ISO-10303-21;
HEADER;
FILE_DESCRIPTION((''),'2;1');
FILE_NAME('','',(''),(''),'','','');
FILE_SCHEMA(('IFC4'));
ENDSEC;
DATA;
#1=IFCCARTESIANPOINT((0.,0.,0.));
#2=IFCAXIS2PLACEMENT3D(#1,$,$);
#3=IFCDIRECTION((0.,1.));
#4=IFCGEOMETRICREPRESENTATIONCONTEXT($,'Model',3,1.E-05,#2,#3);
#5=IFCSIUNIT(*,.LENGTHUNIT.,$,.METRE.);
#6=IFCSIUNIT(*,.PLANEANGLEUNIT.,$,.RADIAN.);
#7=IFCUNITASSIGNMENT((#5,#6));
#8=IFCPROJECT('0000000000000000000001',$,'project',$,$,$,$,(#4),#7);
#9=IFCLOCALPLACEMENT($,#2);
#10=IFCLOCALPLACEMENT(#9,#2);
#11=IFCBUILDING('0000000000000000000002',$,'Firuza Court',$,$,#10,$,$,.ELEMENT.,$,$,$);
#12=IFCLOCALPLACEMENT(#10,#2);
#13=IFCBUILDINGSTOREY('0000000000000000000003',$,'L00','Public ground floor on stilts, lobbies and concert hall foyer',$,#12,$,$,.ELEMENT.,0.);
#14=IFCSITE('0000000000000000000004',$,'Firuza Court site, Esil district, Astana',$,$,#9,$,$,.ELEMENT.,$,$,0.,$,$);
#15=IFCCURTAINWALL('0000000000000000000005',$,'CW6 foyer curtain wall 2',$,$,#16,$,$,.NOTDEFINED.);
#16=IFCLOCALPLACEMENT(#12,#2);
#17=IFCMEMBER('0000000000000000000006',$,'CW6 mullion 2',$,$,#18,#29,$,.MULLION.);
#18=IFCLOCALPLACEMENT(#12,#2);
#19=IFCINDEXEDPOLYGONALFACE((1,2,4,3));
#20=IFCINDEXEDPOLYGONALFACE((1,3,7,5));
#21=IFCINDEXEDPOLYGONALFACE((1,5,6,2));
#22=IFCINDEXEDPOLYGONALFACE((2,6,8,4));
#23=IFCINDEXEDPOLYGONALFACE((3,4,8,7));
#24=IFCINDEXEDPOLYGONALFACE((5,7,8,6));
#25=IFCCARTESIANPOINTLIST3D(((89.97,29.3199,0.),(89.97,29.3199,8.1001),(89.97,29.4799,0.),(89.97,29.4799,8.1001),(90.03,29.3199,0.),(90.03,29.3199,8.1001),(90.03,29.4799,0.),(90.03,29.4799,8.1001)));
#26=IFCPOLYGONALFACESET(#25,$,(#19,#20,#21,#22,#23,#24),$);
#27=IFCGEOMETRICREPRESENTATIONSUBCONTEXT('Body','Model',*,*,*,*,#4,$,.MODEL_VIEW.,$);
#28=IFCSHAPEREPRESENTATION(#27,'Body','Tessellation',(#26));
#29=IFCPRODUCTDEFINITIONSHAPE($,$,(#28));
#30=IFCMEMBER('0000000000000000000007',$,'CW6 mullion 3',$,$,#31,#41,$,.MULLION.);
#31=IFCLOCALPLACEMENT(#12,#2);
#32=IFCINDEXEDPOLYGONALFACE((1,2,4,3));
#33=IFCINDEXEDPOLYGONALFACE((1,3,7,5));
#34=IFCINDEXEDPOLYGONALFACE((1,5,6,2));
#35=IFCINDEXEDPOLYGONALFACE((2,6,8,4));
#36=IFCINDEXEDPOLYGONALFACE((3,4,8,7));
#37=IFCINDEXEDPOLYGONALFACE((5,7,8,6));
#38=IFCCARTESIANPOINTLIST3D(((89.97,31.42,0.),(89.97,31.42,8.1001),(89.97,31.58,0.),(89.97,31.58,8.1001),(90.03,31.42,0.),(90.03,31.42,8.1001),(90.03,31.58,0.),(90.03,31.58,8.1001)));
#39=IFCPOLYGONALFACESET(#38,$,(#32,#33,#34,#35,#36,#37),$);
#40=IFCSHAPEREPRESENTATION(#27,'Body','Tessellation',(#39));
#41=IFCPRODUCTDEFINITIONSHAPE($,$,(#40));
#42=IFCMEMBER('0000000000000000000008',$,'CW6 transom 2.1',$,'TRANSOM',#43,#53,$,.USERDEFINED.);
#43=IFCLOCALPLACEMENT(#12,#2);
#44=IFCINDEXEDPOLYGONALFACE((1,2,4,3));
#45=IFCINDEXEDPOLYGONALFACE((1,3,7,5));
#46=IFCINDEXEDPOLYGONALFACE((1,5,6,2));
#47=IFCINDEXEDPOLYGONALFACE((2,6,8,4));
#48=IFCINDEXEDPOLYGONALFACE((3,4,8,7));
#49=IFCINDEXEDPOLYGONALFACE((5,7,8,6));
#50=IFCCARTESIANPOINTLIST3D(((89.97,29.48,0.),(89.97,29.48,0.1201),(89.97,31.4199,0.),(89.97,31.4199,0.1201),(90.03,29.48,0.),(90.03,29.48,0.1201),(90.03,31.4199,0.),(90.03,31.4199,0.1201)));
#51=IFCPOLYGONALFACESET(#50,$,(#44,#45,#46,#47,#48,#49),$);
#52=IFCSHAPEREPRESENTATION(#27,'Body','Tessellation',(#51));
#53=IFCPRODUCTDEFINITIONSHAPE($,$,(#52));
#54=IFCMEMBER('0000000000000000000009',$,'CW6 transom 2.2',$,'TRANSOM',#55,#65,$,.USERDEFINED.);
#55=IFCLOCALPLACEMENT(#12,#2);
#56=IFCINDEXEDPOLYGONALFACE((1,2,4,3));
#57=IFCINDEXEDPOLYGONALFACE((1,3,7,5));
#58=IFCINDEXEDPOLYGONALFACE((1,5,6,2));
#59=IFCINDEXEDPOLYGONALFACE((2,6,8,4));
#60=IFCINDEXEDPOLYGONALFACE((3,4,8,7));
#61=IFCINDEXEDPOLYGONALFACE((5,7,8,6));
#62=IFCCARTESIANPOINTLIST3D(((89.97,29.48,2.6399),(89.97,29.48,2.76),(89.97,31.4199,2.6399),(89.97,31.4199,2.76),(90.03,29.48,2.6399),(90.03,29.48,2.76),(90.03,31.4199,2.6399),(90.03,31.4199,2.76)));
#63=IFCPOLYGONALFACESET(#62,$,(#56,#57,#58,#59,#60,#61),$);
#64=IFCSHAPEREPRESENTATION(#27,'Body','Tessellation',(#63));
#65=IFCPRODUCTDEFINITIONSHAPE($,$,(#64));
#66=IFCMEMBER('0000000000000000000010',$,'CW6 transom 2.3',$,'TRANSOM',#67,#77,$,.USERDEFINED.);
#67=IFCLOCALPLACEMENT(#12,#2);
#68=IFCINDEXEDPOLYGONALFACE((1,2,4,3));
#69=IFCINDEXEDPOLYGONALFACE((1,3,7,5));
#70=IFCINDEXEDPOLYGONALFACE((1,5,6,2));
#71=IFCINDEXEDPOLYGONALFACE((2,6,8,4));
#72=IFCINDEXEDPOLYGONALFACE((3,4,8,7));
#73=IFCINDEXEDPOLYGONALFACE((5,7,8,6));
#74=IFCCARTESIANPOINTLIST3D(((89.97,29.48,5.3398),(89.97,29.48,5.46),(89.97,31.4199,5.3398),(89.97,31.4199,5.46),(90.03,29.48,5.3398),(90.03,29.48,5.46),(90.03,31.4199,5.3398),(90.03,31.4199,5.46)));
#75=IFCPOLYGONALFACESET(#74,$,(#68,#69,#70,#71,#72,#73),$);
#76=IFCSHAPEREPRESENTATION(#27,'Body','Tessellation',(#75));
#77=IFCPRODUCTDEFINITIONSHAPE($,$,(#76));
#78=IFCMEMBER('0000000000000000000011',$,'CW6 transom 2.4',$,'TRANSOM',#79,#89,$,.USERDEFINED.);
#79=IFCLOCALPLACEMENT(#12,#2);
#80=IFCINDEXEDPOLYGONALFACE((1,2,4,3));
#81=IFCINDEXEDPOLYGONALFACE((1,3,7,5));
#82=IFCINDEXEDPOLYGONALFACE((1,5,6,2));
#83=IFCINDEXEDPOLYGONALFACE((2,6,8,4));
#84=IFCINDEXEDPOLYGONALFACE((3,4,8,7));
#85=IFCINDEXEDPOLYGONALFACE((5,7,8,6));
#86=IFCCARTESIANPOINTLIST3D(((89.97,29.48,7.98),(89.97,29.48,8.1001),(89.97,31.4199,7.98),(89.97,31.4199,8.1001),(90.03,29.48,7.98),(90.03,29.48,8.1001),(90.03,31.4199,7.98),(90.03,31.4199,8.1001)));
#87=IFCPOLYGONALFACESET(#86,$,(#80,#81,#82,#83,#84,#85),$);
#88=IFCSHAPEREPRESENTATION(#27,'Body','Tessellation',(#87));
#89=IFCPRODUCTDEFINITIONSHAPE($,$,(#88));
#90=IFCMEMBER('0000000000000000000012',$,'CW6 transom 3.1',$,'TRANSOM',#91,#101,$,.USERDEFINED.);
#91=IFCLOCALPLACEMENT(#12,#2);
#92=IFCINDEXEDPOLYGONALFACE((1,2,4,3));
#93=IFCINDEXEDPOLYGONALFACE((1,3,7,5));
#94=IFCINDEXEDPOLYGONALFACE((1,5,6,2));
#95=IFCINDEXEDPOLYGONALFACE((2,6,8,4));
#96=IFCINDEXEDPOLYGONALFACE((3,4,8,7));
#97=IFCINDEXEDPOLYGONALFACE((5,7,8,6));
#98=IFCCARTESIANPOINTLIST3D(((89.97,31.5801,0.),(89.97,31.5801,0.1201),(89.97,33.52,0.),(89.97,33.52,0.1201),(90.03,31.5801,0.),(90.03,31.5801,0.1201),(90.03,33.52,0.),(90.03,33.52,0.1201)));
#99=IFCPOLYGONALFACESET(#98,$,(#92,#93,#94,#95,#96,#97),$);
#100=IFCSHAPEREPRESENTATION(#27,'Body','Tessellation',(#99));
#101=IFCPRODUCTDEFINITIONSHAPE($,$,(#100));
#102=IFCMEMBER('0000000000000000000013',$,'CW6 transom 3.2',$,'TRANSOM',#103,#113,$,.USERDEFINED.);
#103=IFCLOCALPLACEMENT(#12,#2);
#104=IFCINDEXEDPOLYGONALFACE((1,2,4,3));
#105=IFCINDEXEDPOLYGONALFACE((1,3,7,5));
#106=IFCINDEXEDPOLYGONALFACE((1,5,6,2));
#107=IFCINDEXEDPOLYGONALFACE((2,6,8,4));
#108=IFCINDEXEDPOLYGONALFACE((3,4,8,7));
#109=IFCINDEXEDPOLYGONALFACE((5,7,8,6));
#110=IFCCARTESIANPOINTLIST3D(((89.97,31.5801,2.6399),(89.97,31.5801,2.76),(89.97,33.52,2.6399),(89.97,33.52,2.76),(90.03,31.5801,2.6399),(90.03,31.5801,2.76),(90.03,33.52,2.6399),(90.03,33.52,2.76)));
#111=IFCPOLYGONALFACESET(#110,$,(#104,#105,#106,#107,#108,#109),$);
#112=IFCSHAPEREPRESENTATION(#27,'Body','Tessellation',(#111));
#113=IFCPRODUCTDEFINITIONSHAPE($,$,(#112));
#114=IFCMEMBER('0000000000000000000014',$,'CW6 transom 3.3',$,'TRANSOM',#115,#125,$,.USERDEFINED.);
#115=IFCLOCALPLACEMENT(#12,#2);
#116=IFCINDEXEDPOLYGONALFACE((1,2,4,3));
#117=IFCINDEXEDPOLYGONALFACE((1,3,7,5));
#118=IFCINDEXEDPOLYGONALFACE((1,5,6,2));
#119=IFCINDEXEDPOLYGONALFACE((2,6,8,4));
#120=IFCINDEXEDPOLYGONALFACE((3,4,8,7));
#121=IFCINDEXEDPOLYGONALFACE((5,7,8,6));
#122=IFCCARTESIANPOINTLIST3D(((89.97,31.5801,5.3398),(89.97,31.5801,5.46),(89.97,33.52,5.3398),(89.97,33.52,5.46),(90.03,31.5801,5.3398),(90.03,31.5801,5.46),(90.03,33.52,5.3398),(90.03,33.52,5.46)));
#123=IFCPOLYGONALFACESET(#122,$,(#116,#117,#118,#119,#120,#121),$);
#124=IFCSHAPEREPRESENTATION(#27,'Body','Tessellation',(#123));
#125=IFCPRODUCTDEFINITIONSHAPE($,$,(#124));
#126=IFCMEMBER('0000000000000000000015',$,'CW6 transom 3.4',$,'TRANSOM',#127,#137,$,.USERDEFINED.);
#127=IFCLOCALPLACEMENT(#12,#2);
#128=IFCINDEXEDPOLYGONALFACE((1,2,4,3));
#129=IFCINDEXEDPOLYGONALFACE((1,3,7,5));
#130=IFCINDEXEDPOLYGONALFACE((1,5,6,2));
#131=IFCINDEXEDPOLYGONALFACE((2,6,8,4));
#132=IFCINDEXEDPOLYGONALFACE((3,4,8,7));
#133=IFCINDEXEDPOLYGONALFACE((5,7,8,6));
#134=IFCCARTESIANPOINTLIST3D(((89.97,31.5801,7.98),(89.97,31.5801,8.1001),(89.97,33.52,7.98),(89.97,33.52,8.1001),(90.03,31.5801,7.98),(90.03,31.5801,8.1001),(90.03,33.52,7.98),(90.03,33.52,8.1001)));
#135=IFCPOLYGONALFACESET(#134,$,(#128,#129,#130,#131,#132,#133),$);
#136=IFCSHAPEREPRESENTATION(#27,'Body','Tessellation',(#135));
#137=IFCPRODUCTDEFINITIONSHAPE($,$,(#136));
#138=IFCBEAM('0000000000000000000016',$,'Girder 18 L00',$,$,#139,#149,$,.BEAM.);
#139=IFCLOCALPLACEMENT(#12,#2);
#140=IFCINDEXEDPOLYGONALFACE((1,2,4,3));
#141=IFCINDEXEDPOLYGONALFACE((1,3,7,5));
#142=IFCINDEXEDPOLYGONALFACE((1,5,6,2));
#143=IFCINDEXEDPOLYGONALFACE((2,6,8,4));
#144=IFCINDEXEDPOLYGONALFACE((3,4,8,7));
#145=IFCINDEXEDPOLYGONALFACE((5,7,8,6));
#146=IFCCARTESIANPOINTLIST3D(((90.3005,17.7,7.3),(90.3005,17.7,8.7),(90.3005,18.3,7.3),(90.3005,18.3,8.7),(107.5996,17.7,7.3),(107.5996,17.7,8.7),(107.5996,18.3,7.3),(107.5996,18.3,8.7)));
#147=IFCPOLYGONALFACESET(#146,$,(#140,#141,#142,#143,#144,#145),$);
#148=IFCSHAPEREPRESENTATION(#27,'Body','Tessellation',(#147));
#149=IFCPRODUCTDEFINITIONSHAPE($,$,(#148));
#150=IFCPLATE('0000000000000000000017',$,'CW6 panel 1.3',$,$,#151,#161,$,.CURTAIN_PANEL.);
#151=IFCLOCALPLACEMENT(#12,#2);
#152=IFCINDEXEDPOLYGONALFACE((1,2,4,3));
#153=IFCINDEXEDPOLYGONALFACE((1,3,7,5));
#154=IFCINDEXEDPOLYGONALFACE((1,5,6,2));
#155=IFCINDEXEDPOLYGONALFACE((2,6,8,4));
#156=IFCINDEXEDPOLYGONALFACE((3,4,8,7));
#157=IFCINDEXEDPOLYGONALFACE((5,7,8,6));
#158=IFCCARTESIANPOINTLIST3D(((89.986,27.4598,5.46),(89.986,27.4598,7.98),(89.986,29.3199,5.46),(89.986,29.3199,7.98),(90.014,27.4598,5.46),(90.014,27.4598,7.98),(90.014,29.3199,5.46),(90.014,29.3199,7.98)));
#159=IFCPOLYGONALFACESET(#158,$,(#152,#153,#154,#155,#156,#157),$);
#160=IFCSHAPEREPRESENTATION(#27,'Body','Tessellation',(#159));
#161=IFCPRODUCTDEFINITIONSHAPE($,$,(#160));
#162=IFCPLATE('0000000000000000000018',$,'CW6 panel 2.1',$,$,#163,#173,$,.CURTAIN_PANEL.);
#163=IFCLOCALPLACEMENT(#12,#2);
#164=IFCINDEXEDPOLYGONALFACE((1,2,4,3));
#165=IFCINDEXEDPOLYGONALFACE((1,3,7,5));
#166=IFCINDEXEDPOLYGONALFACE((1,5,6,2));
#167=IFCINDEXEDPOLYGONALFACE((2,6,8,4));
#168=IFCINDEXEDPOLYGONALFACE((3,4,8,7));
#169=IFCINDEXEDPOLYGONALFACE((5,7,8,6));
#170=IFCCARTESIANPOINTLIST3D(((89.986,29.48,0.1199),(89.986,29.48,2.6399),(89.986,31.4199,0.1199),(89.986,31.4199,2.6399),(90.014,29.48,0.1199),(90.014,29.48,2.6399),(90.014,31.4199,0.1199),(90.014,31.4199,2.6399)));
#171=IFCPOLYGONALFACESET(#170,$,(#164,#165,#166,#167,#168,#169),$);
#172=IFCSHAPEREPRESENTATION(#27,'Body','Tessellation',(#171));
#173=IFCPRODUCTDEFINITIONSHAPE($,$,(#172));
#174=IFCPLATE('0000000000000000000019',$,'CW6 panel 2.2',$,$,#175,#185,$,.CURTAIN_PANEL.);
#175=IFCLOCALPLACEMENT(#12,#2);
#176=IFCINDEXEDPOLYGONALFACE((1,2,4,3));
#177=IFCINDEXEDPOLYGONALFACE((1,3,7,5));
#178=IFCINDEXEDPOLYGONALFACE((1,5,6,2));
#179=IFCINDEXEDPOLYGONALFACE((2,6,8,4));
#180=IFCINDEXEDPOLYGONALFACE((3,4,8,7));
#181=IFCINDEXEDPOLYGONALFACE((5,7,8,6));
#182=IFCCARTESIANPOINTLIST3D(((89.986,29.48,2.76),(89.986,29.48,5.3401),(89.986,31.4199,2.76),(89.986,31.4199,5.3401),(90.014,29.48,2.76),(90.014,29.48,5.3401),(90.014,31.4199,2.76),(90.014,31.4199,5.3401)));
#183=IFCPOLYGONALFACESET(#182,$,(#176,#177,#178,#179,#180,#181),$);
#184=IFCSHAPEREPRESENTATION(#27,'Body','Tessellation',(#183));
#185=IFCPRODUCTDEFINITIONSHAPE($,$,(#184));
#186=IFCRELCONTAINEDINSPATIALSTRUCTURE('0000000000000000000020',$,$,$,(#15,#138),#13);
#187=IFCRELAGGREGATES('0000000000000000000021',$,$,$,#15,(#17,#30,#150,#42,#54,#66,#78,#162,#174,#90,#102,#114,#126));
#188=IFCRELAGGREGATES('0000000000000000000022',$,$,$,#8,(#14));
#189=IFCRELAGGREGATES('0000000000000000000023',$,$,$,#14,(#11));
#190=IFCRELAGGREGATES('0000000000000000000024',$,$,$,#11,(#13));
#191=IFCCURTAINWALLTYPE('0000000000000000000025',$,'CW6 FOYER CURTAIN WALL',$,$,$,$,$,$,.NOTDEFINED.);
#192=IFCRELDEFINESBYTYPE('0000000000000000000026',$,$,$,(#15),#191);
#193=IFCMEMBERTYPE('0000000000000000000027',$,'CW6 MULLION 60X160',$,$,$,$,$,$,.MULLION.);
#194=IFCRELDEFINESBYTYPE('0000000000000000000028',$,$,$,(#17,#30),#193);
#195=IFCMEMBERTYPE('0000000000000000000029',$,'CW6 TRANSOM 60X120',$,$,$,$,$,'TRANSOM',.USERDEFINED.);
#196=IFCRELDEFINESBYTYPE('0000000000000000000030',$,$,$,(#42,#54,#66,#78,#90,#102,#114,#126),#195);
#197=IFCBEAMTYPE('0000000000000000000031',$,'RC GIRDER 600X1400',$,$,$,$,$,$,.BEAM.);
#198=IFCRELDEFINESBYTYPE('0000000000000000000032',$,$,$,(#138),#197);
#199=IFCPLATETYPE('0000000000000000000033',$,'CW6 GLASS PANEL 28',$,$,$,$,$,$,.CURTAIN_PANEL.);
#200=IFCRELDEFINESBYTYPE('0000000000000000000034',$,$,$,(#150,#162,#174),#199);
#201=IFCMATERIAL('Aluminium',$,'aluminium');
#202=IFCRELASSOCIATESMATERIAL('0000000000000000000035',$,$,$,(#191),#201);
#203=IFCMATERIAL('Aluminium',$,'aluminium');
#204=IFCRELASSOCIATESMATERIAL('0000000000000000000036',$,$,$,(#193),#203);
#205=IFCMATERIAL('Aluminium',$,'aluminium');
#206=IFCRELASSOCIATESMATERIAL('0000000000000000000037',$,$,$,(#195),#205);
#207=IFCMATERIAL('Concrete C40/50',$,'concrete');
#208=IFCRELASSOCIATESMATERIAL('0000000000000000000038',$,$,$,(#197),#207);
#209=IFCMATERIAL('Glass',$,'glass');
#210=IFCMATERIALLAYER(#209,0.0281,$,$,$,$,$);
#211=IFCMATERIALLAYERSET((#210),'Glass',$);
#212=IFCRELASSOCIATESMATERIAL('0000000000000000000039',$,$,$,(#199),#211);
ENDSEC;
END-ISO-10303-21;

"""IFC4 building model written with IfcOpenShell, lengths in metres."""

from ifc_helpers import new_model, si_unit, direction, frame, origin, origin_2d, place, context, subcontext, project, spatial, rectangle, extrude, material, layer, layer_set, material_profile, profile_set, type_object, element, aggregate, save


model = new_model("IFC4")

# Units and contexts
model_context = context("Model", 3, precision=1e-05, world=origin(), true_north=direction((0.0, 1.0)))
body_context = subcontext(model_context, "Body", "Model", "MODEL_VIEW")
ifc_project = project(units=[si_unit("LENGTHUNIT", "METRE"), si_unit("PLANEANGLEUNIT", "RADIAN")], contexts=[model_context])

# Site, building, storey
site_placement = place(None, origin())
site = spatial("IfcSite", under=ifc_project, at=site_placement, Name="Firuza Court site, Esil district, Astana", CompositionType="ELEMENT", RefElevation=0.0)
building_placement = place(site_placement, origin())
building = spatial("IfcBuilding", under=site, at=building_placement, Name="Firuza Court", CompositionType="ELEMENT")
storey_placement = place(building_placement, origin())
storey = spatial("IfcBuildingStorey", under=building, at=storey_placement, Name="L00", Description="Public ground floor on stilts, lobbies and concert hall foyer", CompositionType="ELEMENT", Elevation=0.0)

# Curtain wall, members
ifc_material_1 = material(Name="Aluminium", Category="aluminium")
curtain_wall_type = type_object("IfcCurtainWallType", Name="CW6 FOYER CURTAIN WALL", PredefinedType="NOTDEFINED", material=ifc_material_1)
curtain_wall_placement = place(storey_placement, origin())
curtain_wall = element("IfcCurtainWall", 1, at=curtain_wall_placement, inside=storey, type_object=curtain_wall_type, Name="CW6 foyer curtain wall 2", PredefinedType="NOTDEFINED")
ifc_material_2 = material(Name="Aluminium", Category="aluminium")
ifc_material_profile_1 = material_profile(ifc_material_2, rectangle(XDim=0.0601, YDim=0.1599, at=origin_2d()), Name="MULLION 60X160")
ifc_profile_set_1 = profile_set([ifc_material_profile_1], Name="Aluminium")
member_type_1 = type_object("IfcMemberType", Name="CW6 MULLION 60X160", PredefinedType="MULLION", material=ifc_profile_set_1)
member_1_placement = place(storey_placement, frame((90.0, 29.3999, 0.0), z_axis=(0.0, 0.0, 1.0), x_axis=(-1.0, 0.0, 0.0)))
member_1 = element("IfcMember", 2, at=member_1_placement, type_object=member_type_1, Name="CW6 mullion 2", PredefinedType="MULLION", context=body_context, shape_type="SweptSolid", body=[
    extrude(rectangle(XDim=0.0601, YDim=0.1599, at=origin_2d()), origin(), (0.0, 0.0, 1.0), 8.1001),
])
member_2_placement = place(storey_placement, frame((90.0, 31.5, 0.0), z_axis=(0.0, 0.0, 1.0), x_axis=(-1.0, 0.0, 0.0)))
member_2 = element("IfcMember", 3, at=member_2_placement, type_object=member_type_1, Name="CW6 mullion 3", PredefinedType="MULLION", context=body_context, shape_type="SweptSolid", body=[
    extrude(rectangle(XDim=0.0601, YDim=0.1599, at=origin_2d()), origin(), (0.0, 0.0, 1.0), 8.1001),
])
ifc_material_3 = material(Name="Aluminium", Category="aluminium")
ifc_material_profile_2 = material_profile(ifc_material_3, rectangle(XDim=0.0601, YDim=0.1201, at=origin_2d()), Name="TRANSOM 60X120")
ifc_profile_set_2 = profile_set([ifc_material_profile_2], Name="Aluminium")
member_type_2 = type_object("IfcMemberType", Name="CW6 TRANSOM 60X120", ElementType="TRANSOM", PredefinedType="USERDEFINED", material=ifc_profile_set_2)
member_3_placement = place(storey_placement, frame((90.0, 29.48, 0.0601), z_axis=(0.0, 1.0, 0.0), x_axis=(-1.0, 0.0, 0.0)))
member_3 = element("IfcMember", 4, at=member_3_placement, type_object=member_type_2, Name="CW6 transom 2.1", ObjectType="TRANSOM", PredefinedType="USERDEFINED", context=body_context, shape_type="SweptSolid", body=[
    extrude(rectangle(XDim=0.0601, YDim=0.1201, at=origin_2d()), origin(), (0.0, 0.0, 1.0), 1.9399),
])
member_4_placement = place(storey_placement, frame((90.0, 29.48, 2.7), z_axis=(0.0, 1.0, 0.0), x_axis=(-1.0, 0.0, 0.0)))
member_4 = element("IfcMember", 5, at=member_4_placement, type_object=member_type_2, Name="CW6 transom 2.2", ObjectType="TRANSOM", PredefinedType="USERDEFINED", context=body_context, shape_type="SweptSolid", body=[
    extrude(rectangle(XDim=0.0601, YDim=0.1201, at=origin_2d()), origin(), (0.0, 0.0, 1.0), 1.9399),
])
member_5_placement = place(storey_placement, frame((90.0, 29.48, 5.3999), z_axis=(0.0, 1.0, 0.0), x_axis=(-1.0, 0.0, 0.0)))
member_5 = element("IfcMember", 6, at=member_5_placement, type_object=member_type_2, Name="CW6 transom 2.3", ObjectType="TRANSOM", PredefinedType="USERDEFINED", context=body_context, shape_type="SweptSolid", body=[
    extrude(rectangle(XDim=0.0601, YDim=0.1201, at=origin_2d()), origin(), (0.0, 0.0, 1.0), 1.9399),
])
member_6_placement = place(storey_placement, frame((90.0, 29.48, 8.04), z_axis=(0.0, 1.0, 0.0), x_axis=(-1.0, 0.0, 0.0)))
member_6 = element("IfcMember", 7, at=member_6_placement, type_object=member_type_2, Name="CW6 transom 2.4", ObjectType="TRANSOM", PredefinedType="USERDEFINED", context=body_context, shape_type="SweptSolid", body=[
    extrude(rectangle(XDim=0.0601, YDim=0.1201, at=origin_2d()), origin(), (0.0, 0.0, 1.0), 1.9399),
])
member_7_placement = place(storey_placement, frame((90.0, 31.5801, 0.0601), z_axis=(0.0, 1.0, 0.0), x_axis=(-1.0, 0.0, 0.0)))
member_7 = element("IfcMember", 8, at=member_7_placement, type_object=member_type_2, Name="CW6 transom 3.1", ObjectType="TRANSOM", PredefinedType="USERDEFINED", context=body_context, shape_type="SweptSolid", body=[
    extrude(rectangle(XDim=0.0601, YDim=0.1201, at=origin_2d()), origin(), (0.0, 0.0, 1.0), 1.9399),
])
member_8_placement = place(storey_placement, frame((90.0, 31.5801, 2.7), z_axis=(0.0, 1.0, 0.0), x_axis=(-1.0, 0.0, 0.0)))
member_8 = element("IfcMember", 9, at=member_8_placement, type_object=member_type_2, Name="CW6 transom 3.2", ObjectType="TRANSOM", PredefinedType="USERDEFINED", context=body_context, shape_type="SweptSolid", body=[
    extrude(rectangle(XDim=0.0601, YDim=0.1201, at=origin_2d()), origin(), (0.0, 0.0, 1.0), 1.9399),
])
member_9_placement = place(storey_placement, frame((90.0, 31.5801, 5.3999), z_axis=(0.0, 1.0, 0.0), x_axis=(-1.0, 0.0, 0.0)))
member_9 = element("IfcMember", 10, at=member_9_placement, type_object=member_type_2, Name="CW6 transom 3.3", ObjectType="TRANSOM", PredefinedType="USERDEFINED", context=body_context, shape_type="SweptSolid", body=[
    extrude(rectangle(XDim=0.0601, YDim=0.1201, at=origin_2d()), origin(), (0.0, 0.0, 1.0), 1.9399),
])
member_10_placement = place(storey_placement, frame((90.0, 31.5801, 8.04), z_axis=(0.0, 1.0, 0.0), x_axis=(-1.0, 0.0, 0.0)))
member_10 = element("IfcMember", 11, at=member_10_placement, type_object=member_type_2, Name="CW6 transom 3.4", ObjectType="TRANSOM", PredefinedType="USERDEFINED", context=body_context, shape_type="SweptSolid", body=[
    extrude(rectangle(XDim=0.0601, YDim=0.1201, at=origin_2d()), origin(), (0.0, 0.0, 1.0), 1.9399),
])

# Beam
ifc_material_4 = material(Name="Concrete C40/50", Category="concrete")
ifc_material_profile_3 = material_profile(ifc_material_4, rectangle(XDim=0.6001, YDim=1.3999, at=origin_2d()), Name="RC 600X1400")
ifc_profile_set_3 = profile_set([ifc_material_profile_3], Name="Concrete C40/50")
beam_type = type_object("IfcBeamType", Name="RC GIRDER 600X1400", PredefinedType="BEAM", material=ifc_profile_set_3)
beam_placement = place(storey_placement, frame((90.3005, 18.0, 8.0), z_axis=(1.0, 0.0, 0.0), x_axis=(0.0, 1.0, 0.0)))
element("IfcBeam", 12, at=beam_placement, inside=storey, type_object=beam_type, Name="Girder 18 L00", PredefinedType="BEAM", context=body_context, shape_type="SweptSolid", body=[
    extrude(rectangle(XDim=0.6001, YDim=1.3999, at=origin_2d()), origin(), (0.0, 0.0, 1.0), 17.2991),
])

# Plates
ifc_material_5 = material(Name="Glass", Category="glass")
ifc_layer_1 = layer(ifc_material_5, 0.0281)
ifc_layer_set_1 = layer_set([ifc_layer_1], Name="Glass")
plate_type = type_object("IfcPlateType", Name="CW6 GLASS PANEL 28", PredefinedType="CURTAIN_PANEL", material=ifc_layer_set_1)
plate_1_placement = place(storey_placement, frame((90.0, 28.3899, 5.46), z_axis=(0.0, 0.0, 1.0), x_axis=(0.0, 1.0, 0.0)))
plate_1 = element("IfcPlate", 13, at=plate_1_placement, type_object=plate_type, Name="CW6 panel 1.3", PredefinedType="CURTAIN_PANEL", context=body_context, shape_type="SweptSolid", body=[
    extrude(rectangle(XDim=1.8601, YDim=0.0281, at=origin_2d()), origin(), (0.0, 0.0, 1.0), 2.52),
])
plate_2_placement = place(storey_placement, frame((90.0, 30.45, 0.1199), z_axis=(0.0, 0.0, 1.0), x_axis=(0.0, 1.0, 0.0)))
plate_2 = element("IfcPlate", 14, at=plate_2_placement, type_object=plate_type, Name="CW6 panel 2.1", PredefinedType="CURTAIN_PANEL", context=body_context, shape_type="SweptSolid", body=[
    extrude(rectangle(XDim=1.9399, YDim=0.0281, at=origin_2d()), origin(), (0.0, 0.0, 1.0), 2.52),
])
plate_3_placement = place(storey_placement, frame((90.0, 30.45, 2.76), z_axis=(0.0, 0.0, 1.0), x_axis=(0.0, 1.0, 0.0)))
plate_3 = element("IfcPlate", 15, at=plate_3_placement, type_object=plate_type, Name="CW6 panel 2.2", PredefinedType="CURTAIN_PANEL", context=body_context, shape_type="SweptSolid", body=[
    extrude(rectangle(XDim=1.9399, YDim=0.0281, at=origin_2d()), origin(), (0.0, 0.0, 1.0), 2.5801),
])
aggregate(curtain_wall, [member_1, member_2, plate_1, member_3, member_4, member_5, member_6, plate_2, plate_3, member_7, member_8, member_9, member_10])

save(model, "model.ifc")
